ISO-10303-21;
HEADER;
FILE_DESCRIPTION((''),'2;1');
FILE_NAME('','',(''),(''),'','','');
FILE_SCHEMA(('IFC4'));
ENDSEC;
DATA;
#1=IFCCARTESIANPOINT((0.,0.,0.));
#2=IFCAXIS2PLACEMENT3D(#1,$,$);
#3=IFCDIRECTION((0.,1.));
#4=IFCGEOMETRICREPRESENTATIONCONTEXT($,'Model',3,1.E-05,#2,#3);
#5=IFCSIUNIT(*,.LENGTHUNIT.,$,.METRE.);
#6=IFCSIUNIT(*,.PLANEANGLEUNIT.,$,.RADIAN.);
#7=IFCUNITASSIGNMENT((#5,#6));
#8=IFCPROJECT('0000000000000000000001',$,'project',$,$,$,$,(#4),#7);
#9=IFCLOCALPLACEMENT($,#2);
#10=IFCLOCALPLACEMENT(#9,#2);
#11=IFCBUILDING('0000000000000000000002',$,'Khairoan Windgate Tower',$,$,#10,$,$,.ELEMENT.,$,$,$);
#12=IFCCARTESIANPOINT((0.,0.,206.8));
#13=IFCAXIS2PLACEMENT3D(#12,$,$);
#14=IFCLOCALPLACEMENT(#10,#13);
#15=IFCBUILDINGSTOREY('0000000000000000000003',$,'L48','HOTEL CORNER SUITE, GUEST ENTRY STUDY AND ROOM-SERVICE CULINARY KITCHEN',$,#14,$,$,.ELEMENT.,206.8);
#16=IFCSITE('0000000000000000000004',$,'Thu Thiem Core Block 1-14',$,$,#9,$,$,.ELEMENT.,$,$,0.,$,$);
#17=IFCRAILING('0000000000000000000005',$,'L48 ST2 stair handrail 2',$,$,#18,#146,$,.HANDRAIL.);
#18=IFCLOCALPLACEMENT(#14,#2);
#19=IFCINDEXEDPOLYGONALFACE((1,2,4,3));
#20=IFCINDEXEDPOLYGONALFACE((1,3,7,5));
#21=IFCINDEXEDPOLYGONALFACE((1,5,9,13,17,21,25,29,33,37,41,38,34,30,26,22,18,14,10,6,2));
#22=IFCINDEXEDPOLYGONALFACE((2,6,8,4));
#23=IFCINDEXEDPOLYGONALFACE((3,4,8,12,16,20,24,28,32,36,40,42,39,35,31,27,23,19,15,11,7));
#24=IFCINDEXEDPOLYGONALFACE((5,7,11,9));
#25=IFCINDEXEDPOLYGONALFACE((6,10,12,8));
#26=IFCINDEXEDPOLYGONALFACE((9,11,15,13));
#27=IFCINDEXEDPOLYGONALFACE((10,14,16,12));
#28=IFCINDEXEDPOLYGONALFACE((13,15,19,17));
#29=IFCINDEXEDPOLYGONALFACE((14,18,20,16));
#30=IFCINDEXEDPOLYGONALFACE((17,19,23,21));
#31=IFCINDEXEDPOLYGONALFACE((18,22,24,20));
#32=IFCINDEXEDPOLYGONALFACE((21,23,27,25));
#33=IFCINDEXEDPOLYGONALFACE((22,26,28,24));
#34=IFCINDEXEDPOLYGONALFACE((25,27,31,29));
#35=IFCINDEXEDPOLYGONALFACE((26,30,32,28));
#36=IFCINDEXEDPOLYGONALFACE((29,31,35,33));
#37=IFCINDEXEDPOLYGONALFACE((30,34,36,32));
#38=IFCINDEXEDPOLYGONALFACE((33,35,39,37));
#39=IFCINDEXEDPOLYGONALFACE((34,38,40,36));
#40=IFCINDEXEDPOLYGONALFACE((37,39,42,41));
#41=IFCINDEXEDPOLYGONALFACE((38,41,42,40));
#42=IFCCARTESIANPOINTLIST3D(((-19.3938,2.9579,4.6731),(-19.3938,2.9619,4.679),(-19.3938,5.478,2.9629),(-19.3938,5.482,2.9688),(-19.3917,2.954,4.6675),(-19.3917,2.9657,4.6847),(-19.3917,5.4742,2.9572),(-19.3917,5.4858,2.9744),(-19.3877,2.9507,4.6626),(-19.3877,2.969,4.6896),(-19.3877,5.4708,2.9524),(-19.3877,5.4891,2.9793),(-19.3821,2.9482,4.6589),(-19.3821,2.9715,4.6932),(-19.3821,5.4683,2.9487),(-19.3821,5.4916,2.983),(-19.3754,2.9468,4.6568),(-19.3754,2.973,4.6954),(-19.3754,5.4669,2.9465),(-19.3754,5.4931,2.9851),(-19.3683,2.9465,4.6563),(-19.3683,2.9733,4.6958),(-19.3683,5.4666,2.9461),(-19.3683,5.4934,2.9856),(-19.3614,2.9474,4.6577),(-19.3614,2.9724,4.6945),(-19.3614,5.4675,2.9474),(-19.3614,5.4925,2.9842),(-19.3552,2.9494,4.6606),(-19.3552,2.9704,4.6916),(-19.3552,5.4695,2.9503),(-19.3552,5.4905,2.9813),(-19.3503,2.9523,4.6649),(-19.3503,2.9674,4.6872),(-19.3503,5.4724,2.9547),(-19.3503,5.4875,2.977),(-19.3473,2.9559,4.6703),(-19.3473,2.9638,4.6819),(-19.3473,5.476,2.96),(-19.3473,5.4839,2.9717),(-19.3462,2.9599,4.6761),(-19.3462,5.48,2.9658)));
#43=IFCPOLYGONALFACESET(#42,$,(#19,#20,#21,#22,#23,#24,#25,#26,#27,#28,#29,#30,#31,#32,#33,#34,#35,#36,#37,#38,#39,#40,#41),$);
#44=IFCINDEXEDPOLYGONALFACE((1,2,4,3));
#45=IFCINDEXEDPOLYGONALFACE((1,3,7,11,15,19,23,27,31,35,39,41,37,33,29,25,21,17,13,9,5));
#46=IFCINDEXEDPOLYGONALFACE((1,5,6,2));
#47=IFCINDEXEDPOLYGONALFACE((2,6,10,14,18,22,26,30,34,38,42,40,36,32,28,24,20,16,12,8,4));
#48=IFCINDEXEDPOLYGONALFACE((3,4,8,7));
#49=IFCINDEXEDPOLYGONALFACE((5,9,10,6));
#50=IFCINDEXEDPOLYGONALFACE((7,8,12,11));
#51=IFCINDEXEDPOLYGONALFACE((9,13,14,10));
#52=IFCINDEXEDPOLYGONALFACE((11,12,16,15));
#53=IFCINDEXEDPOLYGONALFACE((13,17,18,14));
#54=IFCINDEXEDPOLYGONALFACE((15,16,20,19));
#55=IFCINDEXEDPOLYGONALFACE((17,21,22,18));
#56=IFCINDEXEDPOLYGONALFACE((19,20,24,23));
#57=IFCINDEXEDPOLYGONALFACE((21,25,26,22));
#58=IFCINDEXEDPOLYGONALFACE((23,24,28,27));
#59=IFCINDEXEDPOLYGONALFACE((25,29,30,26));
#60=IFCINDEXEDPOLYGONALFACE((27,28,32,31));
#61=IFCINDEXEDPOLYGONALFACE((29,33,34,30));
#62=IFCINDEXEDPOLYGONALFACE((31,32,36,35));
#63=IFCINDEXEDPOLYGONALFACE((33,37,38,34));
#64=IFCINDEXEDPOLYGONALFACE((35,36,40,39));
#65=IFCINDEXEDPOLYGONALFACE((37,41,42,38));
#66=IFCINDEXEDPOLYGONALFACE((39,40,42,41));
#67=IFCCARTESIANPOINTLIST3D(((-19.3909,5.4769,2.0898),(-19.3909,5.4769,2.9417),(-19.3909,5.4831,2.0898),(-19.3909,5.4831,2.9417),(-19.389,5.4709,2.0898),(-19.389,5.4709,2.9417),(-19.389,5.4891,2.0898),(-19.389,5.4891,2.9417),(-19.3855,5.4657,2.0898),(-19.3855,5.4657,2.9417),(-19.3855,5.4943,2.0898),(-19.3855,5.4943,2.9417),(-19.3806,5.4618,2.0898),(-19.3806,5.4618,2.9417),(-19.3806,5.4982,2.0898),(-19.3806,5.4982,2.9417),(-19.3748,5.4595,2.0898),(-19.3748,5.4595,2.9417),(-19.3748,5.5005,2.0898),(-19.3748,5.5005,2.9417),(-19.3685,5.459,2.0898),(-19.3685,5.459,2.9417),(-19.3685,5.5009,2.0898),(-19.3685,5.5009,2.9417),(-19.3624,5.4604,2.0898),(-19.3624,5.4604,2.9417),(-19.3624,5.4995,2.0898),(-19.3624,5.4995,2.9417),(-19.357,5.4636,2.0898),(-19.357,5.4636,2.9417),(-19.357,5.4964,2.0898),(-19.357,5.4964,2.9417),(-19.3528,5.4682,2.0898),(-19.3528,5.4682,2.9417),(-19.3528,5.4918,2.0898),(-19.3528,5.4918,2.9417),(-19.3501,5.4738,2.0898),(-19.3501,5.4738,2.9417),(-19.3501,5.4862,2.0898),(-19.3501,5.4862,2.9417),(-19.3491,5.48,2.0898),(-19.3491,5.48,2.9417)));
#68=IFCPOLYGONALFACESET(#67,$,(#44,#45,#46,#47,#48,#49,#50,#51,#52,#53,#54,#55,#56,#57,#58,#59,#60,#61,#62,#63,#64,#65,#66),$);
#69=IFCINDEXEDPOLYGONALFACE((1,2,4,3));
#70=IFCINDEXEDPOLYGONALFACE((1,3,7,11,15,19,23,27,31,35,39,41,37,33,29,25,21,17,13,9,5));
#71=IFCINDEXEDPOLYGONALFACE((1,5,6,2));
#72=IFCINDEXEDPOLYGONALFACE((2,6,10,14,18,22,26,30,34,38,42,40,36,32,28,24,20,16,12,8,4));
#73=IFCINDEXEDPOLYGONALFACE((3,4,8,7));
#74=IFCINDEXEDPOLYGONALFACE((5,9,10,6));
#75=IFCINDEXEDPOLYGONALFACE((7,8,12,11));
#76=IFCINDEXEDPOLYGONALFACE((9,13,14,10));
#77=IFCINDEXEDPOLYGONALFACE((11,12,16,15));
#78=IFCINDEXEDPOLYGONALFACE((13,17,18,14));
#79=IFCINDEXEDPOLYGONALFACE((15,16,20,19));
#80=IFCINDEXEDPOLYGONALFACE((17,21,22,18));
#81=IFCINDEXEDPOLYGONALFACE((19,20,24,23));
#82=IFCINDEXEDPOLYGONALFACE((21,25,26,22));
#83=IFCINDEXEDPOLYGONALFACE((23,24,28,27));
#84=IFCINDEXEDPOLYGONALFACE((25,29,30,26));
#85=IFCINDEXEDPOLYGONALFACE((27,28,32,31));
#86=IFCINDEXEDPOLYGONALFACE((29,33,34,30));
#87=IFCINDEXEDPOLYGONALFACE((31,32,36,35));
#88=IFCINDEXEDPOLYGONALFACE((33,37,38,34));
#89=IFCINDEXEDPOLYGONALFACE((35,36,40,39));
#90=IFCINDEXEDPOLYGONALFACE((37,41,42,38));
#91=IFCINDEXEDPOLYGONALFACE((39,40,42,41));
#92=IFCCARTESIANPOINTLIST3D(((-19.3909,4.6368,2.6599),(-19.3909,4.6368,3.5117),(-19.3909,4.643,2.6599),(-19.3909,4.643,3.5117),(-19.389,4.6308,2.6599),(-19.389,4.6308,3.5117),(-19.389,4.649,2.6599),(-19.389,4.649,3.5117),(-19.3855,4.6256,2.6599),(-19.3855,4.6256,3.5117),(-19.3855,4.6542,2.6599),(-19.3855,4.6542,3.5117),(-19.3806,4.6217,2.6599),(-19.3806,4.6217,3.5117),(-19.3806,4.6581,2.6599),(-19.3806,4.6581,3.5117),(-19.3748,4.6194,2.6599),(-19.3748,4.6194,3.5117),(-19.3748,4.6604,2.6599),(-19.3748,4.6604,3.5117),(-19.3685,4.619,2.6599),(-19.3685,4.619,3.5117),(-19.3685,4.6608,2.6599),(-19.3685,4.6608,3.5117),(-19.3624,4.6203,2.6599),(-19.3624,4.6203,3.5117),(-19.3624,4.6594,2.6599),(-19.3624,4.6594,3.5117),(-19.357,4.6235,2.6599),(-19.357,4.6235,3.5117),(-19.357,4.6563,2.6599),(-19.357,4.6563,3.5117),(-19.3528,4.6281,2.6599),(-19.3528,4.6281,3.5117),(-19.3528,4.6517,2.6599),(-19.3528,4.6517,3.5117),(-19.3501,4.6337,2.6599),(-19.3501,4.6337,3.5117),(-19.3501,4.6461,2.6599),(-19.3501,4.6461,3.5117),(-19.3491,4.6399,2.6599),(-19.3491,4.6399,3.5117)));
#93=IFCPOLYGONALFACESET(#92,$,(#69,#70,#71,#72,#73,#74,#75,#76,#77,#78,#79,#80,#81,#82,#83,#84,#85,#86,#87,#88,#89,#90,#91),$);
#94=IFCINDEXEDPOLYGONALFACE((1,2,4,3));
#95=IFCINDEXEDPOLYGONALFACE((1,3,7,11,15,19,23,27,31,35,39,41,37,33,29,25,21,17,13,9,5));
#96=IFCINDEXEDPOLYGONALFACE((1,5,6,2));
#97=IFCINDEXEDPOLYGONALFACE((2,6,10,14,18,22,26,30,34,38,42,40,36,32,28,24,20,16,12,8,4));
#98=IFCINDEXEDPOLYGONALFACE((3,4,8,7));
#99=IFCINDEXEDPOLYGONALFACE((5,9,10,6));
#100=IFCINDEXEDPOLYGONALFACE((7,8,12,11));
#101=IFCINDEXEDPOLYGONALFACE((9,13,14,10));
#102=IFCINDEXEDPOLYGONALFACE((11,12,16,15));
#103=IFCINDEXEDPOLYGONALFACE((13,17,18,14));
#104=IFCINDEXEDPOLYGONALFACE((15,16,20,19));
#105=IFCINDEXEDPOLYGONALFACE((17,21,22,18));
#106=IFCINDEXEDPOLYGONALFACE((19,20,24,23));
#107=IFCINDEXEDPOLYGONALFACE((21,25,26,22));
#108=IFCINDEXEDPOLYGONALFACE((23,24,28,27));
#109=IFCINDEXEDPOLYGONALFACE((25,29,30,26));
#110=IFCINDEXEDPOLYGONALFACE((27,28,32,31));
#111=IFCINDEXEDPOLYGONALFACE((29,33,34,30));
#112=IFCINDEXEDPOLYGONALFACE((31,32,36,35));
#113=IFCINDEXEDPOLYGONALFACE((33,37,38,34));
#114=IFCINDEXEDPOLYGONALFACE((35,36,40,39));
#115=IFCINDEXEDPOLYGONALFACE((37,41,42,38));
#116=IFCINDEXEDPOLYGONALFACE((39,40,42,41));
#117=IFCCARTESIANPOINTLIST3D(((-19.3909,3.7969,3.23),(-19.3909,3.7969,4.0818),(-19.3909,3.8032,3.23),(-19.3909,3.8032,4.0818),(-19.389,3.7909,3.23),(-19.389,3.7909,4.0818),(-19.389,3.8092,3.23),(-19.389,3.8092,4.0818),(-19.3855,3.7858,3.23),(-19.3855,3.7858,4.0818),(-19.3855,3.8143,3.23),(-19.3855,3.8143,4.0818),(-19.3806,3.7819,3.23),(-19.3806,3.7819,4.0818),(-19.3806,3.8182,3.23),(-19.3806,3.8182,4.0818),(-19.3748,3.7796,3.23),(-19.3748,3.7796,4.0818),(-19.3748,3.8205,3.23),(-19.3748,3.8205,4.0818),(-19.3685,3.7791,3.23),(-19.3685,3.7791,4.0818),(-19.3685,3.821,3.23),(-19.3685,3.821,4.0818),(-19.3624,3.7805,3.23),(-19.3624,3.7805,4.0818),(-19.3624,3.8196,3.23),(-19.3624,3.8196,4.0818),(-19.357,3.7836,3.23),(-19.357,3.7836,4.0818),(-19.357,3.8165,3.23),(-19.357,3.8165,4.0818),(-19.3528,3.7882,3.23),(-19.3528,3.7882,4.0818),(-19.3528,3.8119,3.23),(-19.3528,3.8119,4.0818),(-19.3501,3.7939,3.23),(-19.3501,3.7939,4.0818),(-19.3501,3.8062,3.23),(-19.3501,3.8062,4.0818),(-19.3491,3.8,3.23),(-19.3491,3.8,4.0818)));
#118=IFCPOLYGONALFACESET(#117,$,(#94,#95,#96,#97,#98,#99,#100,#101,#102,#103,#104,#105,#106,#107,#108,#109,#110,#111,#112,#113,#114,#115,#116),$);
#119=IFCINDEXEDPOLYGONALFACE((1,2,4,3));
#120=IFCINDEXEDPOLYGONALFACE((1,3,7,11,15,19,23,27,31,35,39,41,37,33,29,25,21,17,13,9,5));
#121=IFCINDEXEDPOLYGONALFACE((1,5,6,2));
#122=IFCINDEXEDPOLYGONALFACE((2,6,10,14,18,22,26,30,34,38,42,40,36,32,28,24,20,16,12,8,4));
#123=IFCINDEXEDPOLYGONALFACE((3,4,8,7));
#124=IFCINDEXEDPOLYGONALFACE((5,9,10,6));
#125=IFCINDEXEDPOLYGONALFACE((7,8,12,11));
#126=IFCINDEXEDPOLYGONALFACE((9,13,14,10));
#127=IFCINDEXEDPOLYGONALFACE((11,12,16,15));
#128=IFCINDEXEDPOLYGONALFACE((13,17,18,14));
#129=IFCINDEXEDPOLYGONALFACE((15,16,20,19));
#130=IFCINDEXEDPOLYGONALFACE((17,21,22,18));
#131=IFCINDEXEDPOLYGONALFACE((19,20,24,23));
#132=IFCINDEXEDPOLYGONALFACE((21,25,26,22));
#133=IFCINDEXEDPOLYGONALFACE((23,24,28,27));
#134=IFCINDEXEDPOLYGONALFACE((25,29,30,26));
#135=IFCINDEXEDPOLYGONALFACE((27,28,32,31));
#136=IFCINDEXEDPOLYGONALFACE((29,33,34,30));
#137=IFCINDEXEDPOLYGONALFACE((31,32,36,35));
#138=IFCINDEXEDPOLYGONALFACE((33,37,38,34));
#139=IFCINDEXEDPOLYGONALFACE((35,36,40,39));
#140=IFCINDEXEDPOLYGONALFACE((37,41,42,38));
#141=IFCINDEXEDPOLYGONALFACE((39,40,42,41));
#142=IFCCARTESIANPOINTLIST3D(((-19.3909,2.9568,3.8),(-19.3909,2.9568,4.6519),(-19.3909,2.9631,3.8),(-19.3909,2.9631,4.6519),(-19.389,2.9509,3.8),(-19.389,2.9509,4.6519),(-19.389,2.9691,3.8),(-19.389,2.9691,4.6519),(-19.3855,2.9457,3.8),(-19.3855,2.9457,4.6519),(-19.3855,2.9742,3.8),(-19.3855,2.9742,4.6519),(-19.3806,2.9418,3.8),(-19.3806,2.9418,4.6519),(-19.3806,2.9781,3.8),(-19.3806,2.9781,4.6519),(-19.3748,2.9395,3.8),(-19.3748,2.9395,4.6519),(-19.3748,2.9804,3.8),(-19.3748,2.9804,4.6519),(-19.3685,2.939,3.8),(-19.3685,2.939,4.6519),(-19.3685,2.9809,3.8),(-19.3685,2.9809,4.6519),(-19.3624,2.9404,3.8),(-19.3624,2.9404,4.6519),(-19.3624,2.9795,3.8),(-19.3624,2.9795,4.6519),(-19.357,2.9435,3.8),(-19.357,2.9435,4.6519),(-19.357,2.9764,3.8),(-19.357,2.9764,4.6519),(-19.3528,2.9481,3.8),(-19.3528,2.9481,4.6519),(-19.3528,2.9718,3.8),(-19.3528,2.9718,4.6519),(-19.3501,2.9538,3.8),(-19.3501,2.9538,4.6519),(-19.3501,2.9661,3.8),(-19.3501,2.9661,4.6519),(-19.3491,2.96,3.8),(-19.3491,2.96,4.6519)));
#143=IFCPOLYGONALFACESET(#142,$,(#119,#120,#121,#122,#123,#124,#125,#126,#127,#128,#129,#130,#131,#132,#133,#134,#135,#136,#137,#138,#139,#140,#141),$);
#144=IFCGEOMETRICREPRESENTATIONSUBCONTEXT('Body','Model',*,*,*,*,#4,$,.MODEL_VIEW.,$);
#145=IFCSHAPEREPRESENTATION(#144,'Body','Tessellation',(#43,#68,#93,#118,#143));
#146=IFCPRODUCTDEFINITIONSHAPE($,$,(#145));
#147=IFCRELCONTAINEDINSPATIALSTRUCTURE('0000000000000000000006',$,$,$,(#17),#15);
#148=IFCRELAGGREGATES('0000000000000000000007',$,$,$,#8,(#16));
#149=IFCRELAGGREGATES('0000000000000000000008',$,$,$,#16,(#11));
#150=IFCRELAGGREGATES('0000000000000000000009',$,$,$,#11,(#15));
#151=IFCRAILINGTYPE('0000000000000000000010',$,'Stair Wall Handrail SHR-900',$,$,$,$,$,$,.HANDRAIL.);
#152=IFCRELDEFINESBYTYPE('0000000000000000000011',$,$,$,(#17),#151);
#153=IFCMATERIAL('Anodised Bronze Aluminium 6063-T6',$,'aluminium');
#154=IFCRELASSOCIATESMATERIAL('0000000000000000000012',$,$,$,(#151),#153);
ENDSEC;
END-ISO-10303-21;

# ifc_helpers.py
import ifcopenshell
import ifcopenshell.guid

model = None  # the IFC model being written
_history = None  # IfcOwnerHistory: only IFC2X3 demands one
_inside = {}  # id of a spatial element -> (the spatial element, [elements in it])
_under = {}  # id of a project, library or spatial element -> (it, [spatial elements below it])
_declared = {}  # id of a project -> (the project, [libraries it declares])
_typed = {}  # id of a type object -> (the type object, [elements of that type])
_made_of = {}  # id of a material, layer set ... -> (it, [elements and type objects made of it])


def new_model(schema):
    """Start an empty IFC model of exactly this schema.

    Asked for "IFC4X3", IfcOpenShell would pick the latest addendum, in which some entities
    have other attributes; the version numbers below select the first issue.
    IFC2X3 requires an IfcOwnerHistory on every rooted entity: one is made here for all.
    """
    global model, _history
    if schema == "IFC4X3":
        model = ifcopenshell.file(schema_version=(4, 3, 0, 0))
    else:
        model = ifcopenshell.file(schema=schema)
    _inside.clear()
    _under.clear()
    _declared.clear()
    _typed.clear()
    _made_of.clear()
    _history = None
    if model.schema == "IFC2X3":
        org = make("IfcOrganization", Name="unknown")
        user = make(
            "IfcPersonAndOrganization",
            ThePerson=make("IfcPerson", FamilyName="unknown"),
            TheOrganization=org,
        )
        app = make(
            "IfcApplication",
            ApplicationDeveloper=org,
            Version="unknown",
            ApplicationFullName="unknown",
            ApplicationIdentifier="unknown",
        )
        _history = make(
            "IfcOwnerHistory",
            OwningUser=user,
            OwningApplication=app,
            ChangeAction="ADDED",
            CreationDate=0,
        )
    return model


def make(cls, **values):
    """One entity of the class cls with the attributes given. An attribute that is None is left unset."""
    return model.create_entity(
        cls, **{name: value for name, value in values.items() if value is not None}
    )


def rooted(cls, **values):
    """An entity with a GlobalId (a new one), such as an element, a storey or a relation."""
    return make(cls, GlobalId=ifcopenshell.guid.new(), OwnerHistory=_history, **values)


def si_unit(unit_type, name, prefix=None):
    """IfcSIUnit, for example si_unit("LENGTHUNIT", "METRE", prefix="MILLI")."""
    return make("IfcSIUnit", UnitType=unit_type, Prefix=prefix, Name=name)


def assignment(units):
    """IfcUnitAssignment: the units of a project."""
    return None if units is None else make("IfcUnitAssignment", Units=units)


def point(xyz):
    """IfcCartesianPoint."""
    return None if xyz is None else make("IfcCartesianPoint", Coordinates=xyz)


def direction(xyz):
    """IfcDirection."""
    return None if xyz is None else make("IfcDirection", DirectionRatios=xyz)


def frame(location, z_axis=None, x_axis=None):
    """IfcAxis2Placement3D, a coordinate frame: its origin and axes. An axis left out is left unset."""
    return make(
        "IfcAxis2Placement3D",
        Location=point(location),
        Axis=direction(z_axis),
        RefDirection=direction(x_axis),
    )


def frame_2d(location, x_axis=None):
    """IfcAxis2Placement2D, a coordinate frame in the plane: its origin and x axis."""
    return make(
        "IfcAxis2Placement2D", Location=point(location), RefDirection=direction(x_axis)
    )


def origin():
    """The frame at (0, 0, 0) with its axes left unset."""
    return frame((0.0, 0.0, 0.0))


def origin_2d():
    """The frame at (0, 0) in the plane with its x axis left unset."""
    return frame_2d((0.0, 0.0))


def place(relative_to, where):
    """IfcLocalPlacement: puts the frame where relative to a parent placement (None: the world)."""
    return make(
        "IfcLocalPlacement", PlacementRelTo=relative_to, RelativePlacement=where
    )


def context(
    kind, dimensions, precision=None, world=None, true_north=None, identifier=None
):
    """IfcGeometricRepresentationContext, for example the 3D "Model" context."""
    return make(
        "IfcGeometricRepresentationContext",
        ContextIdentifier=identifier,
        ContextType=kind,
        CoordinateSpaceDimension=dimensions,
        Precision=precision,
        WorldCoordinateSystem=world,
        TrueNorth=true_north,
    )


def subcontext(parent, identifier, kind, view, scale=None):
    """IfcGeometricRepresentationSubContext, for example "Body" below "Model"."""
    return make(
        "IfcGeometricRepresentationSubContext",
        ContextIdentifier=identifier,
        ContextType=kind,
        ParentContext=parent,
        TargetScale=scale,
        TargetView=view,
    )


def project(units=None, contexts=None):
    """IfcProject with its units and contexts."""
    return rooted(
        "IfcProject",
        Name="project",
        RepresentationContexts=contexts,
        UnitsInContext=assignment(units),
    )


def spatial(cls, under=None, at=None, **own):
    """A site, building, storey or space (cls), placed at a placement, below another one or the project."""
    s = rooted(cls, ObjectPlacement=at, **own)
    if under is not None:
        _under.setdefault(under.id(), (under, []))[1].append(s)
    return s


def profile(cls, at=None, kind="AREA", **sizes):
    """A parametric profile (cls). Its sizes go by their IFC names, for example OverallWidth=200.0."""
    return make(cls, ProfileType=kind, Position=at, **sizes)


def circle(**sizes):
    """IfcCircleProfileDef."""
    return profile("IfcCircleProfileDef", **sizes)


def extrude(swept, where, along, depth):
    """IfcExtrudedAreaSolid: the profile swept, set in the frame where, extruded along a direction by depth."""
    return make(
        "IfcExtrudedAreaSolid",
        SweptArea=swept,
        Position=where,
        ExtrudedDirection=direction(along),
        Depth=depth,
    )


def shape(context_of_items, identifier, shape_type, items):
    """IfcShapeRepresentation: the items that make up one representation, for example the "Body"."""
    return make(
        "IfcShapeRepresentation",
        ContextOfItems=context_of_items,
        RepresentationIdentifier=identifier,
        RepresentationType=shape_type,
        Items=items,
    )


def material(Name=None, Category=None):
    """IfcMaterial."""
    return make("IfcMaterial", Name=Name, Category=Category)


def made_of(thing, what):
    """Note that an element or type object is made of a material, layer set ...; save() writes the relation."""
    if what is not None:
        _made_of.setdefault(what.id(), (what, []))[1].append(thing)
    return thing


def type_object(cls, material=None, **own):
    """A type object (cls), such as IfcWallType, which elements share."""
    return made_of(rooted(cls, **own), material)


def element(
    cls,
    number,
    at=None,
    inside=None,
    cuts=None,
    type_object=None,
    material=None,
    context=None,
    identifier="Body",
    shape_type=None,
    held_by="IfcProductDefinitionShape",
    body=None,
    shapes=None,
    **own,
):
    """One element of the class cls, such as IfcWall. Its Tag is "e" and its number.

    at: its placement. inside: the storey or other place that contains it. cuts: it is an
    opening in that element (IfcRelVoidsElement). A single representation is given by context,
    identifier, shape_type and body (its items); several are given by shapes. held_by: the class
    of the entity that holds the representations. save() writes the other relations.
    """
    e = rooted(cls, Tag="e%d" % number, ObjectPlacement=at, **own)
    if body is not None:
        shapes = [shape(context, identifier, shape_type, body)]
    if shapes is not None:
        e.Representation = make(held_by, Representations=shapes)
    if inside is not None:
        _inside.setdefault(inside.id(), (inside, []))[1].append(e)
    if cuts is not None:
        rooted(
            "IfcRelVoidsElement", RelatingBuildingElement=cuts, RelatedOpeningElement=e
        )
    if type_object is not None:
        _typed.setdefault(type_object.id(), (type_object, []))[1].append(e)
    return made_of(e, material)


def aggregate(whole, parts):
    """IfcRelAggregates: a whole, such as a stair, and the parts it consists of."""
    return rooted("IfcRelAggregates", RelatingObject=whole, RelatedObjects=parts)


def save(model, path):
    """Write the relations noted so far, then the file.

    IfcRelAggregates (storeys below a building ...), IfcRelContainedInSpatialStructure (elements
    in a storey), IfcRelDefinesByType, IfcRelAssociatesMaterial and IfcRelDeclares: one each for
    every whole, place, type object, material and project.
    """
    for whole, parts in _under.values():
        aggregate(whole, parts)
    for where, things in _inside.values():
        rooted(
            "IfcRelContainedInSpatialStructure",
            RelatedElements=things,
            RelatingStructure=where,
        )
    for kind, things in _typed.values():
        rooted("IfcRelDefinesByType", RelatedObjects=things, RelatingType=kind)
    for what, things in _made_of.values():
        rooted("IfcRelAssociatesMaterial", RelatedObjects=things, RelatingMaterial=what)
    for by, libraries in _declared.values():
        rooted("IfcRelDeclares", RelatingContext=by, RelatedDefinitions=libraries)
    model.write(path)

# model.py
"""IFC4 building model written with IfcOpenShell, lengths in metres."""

from ifc_helpers import new_model, si_unit, direction, frame, origin, origin_2d, place, context, subcontext, project, spatial, circle, extrude, material, type_object, element, save


model = new_model("IFC4")

# Units and contexts
model_context = context("Model", 3, precision=1e-05, world=origin(), true_north=direction((0.0, 1.0)))
body_context = subcontext(model_context, "Body", "Model", "MODEL_VIEW")
ifc_project = project(units=[si_unit("LENGTHUNIT", "METRE"), si_unit("PLANEANGLEUNIT", "RADIAN")], contexts=[model_context])

# Site, building, storey
site_placement = place(None, origin())
site = spatial("IfcSite", under=ifc_project, at=site_placement, Name="Thu Thiem Core Block 1-14", CompositionType="ELEMENT", RefElevation=0.0)
building_placement = place(site_placement, origin())
building = spatial("IfcBuilding", under=site, at=building_placement, Name="Khairoan Windgate Tower", CompositionType="ELEMENT")
storey_placement = place(building_placement, frame((0.0, 0.0, 206.8)))
storey = spatial("IfcBuildingStorey", under=building, at=storey_placement, Name="L48", Description="HOTEL CORNER SUITE, GUEST ENTRY STUDY AND ROOM-SERVICE CULINARY KITCHEN", CompositionType="ELEMENT", Elevation=206.8)

# Railing
ifc_material_1 = material(Name="Anodised Bronze Aluminium 6063-T6", Category="aluminium")
railing_type_1 = type_object("IfcRailingType", Name="Stair Wall Handrail SHR-900", PredefinedType="HANDRAIL", material=ifc_material_1)
railing_1_placement = place(storey_placement, frame((-19.3701, 5.48, 2.0898)))
element("IfcRailing", 1, at=railing_1_placement, inside=storey, type_object=railing_type_1, Name="L48 ST2 stair handrail 2", PredefinedType="HANDRAIL", context=body_context, shape_type="SweptSolid", body=[
    extrude(circle(Radius=0.0239, at=origin_2d()), frame((0.0, 0.0, 0.876), z_axis=(0.0, -0.827447, 0.561545), x_axis=(1.0, 0.0, 0.0)), (0.0, 0.0, 1.0), 3.0457),
    extrude(circle(Radius=0.021, at=origin_2d()), origin(), (0.0, 0.0, 1.0), 0.8518),
    extrude(circle(Radius=0.021, at=origin_2d()), frame((0.0, -0.8401, 0.5701)), (0.0, 0.0, 1.0), 0.8518),
    extrude(circle(Radius=0.021, at=origin_2d()), frame((0.0, -1.6799, 1.1401)), (0.0, 0.0, 1.0), 0.8518),
    extrude(circle(Radius=0.021, at=origin_2d()), frame((0.0, -2.52, 1.7102)), (0.0, 0.0, 1.0), 0.8518),
])

save(model, "model.ifc")
